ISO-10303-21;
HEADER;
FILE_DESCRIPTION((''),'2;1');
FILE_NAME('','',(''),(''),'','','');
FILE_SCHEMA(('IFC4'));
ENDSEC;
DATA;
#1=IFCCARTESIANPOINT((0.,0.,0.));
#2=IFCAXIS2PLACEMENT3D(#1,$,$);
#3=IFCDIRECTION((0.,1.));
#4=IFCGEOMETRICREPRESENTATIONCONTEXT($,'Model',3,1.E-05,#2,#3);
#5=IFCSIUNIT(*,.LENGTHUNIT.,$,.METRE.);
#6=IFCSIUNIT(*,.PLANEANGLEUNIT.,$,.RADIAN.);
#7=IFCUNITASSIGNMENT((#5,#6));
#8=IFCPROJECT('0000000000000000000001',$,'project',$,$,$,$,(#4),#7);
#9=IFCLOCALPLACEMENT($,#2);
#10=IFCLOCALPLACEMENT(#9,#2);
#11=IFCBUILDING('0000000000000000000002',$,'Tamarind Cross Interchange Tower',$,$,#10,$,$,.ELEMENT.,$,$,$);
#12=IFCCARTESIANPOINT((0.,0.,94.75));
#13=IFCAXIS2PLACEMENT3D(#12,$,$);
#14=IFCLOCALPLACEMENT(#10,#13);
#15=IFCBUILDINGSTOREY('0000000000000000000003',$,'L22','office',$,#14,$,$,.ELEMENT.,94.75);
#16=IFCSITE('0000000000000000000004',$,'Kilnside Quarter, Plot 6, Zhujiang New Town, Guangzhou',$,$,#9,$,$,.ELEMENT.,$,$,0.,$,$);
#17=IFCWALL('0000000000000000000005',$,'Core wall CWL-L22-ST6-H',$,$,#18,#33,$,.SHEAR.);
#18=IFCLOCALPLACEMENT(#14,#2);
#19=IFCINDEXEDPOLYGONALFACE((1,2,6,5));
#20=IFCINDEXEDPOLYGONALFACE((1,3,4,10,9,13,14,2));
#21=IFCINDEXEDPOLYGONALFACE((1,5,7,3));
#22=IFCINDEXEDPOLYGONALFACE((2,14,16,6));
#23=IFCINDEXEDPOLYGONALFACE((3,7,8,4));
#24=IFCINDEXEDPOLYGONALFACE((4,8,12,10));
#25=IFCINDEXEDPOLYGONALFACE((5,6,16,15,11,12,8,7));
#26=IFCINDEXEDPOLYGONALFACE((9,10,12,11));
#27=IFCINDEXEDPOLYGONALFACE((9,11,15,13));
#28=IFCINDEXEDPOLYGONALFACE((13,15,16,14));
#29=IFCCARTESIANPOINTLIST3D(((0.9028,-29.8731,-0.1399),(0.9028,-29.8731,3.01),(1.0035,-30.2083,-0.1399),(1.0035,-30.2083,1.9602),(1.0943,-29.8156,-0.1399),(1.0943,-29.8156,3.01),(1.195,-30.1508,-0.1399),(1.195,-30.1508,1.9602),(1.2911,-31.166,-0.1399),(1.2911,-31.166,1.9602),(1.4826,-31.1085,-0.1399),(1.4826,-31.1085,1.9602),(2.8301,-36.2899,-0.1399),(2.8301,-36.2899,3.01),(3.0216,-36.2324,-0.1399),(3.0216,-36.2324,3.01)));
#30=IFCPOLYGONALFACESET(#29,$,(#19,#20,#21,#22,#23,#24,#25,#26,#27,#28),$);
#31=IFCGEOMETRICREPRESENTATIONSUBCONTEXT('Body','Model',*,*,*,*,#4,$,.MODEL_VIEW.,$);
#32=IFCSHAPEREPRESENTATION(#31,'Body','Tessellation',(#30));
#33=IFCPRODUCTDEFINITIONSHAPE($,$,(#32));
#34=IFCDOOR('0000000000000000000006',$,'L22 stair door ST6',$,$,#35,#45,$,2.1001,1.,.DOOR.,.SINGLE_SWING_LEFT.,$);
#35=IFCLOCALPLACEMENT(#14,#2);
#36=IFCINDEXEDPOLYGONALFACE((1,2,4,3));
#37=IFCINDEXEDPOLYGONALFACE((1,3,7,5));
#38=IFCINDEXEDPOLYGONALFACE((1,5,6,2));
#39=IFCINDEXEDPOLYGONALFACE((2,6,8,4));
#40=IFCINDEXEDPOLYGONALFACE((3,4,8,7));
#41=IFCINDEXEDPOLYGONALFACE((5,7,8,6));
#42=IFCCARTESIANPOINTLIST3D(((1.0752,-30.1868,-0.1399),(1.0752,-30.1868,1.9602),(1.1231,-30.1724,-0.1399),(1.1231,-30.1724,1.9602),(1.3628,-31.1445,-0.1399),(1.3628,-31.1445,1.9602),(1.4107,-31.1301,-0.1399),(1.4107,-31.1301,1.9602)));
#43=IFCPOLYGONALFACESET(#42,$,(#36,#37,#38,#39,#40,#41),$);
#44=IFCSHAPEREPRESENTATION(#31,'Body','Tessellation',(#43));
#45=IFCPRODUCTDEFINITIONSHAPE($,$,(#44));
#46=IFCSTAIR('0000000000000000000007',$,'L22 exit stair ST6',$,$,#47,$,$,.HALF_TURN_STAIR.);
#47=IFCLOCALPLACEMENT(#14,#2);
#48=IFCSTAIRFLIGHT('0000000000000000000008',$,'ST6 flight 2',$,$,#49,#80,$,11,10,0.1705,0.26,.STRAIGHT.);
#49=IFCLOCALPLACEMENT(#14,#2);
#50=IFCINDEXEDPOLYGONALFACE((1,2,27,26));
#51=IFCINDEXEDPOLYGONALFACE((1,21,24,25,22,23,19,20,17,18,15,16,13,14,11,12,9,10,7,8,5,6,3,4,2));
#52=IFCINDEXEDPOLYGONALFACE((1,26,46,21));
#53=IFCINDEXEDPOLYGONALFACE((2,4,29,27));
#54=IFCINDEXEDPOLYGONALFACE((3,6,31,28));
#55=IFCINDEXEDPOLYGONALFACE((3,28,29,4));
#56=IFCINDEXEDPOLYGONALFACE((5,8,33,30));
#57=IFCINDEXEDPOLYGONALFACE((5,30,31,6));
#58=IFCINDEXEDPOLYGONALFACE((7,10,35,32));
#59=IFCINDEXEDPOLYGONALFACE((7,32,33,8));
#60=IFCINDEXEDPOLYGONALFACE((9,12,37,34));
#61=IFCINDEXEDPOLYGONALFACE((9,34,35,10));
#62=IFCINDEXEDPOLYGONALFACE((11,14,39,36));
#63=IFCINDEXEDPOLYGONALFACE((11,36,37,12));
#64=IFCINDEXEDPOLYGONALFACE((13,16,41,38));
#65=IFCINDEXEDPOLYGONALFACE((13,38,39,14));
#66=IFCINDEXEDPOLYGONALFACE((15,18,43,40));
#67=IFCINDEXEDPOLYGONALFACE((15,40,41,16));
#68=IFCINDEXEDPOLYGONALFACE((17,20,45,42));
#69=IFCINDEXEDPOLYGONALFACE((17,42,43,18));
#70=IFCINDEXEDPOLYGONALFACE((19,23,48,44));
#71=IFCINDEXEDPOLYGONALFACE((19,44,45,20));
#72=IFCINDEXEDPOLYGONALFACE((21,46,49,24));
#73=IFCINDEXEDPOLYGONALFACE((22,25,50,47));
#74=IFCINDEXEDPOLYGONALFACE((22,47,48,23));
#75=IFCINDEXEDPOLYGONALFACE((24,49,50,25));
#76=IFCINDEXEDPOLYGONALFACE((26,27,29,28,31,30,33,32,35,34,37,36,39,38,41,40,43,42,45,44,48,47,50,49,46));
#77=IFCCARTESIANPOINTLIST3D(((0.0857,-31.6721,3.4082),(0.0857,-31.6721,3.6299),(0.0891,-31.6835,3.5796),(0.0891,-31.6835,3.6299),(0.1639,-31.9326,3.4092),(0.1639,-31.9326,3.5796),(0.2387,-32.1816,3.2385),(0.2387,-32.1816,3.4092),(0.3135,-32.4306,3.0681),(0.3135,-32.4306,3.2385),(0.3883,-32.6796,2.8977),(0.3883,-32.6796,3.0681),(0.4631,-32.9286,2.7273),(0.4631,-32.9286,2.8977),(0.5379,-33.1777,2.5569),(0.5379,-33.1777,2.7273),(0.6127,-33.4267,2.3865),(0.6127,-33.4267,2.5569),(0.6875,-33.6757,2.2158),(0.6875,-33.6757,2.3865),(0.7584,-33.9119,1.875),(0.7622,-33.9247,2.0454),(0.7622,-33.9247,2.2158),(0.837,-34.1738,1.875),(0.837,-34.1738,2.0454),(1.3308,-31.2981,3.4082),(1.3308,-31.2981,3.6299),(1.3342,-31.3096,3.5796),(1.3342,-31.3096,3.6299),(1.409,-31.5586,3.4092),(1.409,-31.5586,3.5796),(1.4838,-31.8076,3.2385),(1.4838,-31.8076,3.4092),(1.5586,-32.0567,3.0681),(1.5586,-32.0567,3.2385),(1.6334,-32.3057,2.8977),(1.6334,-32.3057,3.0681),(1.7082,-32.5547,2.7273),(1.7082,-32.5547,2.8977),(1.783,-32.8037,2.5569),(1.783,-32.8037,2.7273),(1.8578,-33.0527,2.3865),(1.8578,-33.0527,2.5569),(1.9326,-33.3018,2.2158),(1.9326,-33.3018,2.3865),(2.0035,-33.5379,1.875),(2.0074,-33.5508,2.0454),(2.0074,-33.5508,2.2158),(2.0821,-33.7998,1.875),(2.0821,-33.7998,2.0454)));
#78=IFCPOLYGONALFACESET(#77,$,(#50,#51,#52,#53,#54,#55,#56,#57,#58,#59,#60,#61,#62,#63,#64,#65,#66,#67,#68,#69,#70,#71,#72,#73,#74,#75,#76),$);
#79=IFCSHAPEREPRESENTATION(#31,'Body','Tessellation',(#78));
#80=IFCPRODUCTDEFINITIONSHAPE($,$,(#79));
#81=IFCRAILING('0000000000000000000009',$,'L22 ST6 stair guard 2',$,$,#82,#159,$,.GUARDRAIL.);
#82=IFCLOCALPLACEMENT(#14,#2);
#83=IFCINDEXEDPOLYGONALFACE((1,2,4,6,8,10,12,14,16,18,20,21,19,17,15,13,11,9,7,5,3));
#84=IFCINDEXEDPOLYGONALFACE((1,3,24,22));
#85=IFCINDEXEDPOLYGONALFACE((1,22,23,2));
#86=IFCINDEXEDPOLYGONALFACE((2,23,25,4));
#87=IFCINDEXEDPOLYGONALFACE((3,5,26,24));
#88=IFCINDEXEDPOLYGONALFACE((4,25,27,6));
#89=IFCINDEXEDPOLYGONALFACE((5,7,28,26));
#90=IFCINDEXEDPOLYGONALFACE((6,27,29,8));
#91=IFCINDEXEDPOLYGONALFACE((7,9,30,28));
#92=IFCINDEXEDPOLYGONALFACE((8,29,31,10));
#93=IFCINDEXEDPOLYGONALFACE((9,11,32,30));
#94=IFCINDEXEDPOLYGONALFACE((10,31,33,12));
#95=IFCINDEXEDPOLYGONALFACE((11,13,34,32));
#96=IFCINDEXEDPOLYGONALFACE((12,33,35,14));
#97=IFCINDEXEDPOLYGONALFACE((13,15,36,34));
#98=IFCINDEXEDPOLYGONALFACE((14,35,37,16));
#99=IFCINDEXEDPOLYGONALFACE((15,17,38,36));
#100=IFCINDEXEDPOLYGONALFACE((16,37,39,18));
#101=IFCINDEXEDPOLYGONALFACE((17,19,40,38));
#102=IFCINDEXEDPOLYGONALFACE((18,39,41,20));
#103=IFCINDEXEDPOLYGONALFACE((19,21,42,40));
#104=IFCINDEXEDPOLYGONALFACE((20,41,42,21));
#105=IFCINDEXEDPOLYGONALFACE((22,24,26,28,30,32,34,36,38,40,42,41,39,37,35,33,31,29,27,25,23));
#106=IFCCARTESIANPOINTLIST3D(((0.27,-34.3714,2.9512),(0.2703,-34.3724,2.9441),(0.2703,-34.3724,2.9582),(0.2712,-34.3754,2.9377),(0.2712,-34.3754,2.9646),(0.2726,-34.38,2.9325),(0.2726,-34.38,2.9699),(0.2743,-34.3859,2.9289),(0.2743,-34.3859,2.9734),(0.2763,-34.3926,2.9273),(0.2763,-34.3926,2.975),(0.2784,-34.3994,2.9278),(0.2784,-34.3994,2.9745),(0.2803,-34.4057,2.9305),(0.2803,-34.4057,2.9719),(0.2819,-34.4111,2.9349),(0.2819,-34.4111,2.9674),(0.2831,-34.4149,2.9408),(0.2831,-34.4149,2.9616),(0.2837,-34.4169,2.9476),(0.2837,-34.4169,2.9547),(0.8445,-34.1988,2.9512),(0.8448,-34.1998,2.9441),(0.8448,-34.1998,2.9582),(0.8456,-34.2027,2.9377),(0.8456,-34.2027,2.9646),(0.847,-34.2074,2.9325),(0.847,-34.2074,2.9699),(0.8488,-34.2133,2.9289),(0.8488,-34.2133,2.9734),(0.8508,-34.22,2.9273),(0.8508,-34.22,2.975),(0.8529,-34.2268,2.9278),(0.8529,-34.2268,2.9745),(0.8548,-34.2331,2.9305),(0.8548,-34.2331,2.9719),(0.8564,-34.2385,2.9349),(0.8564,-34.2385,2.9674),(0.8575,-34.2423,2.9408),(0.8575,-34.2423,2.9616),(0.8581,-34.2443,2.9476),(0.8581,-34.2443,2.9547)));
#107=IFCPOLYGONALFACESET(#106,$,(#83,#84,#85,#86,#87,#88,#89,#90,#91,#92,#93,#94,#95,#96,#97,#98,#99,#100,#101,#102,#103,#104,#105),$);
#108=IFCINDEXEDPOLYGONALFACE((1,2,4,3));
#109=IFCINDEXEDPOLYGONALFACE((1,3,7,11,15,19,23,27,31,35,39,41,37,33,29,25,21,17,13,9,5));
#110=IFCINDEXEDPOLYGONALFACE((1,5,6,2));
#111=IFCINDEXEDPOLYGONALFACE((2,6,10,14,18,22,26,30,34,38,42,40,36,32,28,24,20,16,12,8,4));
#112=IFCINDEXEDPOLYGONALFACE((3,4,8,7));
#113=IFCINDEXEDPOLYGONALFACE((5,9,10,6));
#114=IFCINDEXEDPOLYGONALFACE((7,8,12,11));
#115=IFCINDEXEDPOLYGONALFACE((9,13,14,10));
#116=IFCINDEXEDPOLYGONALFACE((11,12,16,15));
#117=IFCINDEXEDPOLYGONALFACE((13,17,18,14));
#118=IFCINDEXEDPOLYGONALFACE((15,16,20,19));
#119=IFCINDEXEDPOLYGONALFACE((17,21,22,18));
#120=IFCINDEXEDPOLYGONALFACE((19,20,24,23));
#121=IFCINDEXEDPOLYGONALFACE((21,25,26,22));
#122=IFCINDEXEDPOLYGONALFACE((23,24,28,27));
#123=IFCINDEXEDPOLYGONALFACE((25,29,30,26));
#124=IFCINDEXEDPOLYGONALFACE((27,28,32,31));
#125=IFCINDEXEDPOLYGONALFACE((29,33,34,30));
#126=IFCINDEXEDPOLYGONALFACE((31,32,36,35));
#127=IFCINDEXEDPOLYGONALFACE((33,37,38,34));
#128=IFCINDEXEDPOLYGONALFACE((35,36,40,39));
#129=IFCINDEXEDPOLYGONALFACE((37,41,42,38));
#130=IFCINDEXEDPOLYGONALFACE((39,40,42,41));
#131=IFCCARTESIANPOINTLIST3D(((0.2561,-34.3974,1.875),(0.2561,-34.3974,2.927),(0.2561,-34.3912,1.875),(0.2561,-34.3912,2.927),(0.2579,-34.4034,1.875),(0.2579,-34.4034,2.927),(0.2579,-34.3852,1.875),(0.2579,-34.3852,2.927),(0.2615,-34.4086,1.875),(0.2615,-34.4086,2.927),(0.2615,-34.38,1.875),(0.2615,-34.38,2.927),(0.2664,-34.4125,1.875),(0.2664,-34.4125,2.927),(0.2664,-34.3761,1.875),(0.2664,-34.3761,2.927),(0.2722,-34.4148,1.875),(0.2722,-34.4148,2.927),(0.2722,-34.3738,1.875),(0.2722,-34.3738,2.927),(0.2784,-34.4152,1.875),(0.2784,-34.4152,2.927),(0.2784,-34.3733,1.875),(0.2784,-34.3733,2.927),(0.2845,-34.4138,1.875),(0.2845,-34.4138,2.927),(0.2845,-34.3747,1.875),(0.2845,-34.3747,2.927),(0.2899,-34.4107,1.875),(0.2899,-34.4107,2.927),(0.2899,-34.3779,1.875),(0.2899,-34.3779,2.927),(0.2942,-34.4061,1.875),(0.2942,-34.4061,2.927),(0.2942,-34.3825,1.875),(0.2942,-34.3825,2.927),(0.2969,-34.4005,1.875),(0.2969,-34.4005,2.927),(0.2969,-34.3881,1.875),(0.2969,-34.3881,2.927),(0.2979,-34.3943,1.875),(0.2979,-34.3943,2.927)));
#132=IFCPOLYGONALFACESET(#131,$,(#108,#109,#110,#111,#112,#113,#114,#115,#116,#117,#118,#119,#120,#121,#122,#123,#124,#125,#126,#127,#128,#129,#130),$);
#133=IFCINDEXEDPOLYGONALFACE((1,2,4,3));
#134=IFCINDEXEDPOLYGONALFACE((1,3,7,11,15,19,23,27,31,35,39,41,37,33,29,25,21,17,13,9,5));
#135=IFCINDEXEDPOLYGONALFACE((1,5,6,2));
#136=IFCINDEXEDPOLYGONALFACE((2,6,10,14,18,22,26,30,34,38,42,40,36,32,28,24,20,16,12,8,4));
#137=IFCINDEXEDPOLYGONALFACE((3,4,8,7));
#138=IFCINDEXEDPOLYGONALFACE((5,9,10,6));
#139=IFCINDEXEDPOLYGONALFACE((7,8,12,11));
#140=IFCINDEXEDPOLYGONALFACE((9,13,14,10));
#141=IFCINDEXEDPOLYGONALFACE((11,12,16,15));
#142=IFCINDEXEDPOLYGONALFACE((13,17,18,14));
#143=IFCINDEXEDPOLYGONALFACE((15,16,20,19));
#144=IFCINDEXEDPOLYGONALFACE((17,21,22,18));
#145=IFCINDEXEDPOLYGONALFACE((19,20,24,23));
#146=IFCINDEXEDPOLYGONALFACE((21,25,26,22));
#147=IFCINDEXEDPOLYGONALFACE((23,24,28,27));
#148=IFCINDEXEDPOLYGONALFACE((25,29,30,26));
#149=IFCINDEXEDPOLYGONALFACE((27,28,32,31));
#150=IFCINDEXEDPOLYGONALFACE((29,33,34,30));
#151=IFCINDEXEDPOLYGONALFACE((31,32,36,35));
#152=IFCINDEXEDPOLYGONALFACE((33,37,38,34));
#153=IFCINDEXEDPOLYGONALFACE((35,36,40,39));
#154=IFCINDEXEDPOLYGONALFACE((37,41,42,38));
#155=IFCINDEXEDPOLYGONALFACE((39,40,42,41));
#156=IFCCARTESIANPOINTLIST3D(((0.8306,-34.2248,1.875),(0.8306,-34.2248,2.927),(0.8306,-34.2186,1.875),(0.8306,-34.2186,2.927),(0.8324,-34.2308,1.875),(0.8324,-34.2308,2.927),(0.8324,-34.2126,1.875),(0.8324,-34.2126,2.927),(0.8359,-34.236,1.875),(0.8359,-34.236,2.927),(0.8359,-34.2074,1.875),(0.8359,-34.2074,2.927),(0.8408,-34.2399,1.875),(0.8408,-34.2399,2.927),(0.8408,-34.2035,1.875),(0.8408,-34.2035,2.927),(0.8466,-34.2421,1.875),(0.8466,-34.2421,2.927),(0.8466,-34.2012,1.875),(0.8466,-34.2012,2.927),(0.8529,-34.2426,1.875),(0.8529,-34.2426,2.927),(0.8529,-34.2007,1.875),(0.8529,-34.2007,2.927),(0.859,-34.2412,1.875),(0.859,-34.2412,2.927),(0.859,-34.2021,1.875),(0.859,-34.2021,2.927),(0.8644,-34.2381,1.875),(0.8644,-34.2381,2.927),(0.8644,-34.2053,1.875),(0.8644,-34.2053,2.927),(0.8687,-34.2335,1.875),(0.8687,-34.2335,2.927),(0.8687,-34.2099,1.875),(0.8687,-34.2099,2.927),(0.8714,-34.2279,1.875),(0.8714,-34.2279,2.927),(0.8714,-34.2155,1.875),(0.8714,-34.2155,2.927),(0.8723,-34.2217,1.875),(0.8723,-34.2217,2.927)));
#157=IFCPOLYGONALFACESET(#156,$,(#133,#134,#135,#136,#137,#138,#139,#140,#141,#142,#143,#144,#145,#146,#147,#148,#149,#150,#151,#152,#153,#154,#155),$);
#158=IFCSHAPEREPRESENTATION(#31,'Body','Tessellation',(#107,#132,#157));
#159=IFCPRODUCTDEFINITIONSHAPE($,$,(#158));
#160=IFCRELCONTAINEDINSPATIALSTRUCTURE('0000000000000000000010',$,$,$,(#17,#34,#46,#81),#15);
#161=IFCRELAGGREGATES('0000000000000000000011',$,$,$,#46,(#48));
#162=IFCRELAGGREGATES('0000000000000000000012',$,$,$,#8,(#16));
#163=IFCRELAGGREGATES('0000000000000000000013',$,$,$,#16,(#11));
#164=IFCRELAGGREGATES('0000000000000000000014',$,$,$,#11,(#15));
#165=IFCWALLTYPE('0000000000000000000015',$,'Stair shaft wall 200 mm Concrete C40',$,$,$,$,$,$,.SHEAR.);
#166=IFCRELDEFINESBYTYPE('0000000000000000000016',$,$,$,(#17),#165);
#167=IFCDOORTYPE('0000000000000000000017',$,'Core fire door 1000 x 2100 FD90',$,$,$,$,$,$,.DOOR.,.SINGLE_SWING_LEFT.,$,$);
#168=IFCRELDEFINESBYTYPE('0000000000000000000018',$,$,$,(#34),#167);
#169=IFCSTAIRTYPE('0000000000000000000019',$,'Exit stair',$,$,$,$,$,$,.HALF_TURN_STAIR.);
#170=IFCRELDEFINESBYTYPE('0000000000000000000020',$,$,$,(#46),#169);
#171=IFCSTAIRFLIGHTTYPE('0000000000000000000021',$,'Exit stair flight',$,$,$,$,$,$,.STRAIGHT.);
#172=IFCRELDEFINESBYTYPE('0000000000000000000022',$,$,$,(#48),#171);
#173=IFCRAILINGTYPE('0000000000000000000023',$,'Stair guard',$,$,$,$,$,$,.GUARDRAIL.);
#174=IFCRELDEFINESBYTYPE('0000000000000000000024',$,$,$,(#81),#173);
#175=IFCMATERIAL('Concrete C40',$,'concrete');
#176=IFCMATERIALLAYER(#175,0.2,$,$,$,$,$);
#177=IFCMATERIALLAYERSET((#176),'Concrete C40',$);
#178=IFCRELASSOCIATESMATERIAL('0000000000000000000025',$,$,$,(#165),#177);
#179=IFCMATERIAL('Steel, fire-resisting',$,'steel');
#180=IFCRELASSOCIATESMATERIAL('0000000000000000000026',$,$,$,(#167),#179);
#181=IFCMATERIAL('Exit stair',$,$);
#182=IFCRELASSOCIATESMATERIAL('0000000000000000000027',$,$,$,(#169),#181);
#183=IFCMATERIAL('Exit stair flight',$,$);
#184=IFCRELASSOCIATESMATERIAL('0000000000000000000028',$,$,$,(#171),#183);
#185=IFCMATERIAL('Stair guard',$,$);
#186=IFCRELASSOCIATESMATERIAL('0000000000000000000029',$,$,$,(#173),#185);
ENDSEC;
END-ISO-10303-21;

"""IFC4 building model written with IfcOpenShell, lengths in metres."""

from ifc_helpers import new_model, si_unit, direction, frame, frame_2d, origin, origin_2d, place, context, subcontext, project, spatial, polyline, rectangle, circle, outline, extrude, material, layer, layer_set, type_object, element, fill, aggregate, save


model = new_model("IFC4")

# Units and contexts
model_context = context("Model", 3, precision=1e-05, world=origin(), true_north=direction((0.0, 1.0)))
body_context = subcontext(model_context, "Body", "Model", "MODEL_VIEW")
ifc_project = project(units=[si_unit("LENGTHUNIT", "METRE"), si_unit("PLANEANGLEUNIT", "RADIAN")], contexts=[model_context])

# Site, building, storey
site_placement = place(None, origin())
site = spatial("IfcSite", under=ifc_project, at=site_placement, Name="Kilnside Quarter, Plot 6, Zhujiang New Town, Guangzhou", CompositionType="ELEMENT", RefElevation=0.0)
building_placement = place(site_placement, origin())
building = spatial("IfcBuilding", under=site, at=building_placement, Name="Tamarind Cross Interchange Tower", CompositionType="ELEMENT")
storey_placement = place(building_placement, frame((0.0, 0.0, 94.75)))
storey = spatial("IfcBuildingStorey", under=building, at=storey_placement, Name="L22", Description="office", CompositionType="ELEMENT", Elevation=94.75)

# Wall, opening, door
ifc_material_1 = material(Name="Concrete C40", Category="concrete")
ifc_layer_1 = layer(ifc_material_1, 0.2)
ifc_layer_set_1 = layer_set([ifc_layer_1], Name="Concrete C40")
wall_type_1 = type_object("IfcWallType", Name="Stair shaft wall 200 mm Concrete C40", PredefinedType="SHEAR", material=ifc_layer_set_1)
wall_1_placement = place(storey_placement, frame((0.9985, -29.8442, -0.1399), z_axis=(0.0, 0.0, 1.0), x_axis=(0.287652, -0.957735, 0.0)))
wall_1 = element("IfcWall", 1, at=wall_1_placement, inside=storey, type_object=wall_type_1, Name="Core wall CWL-L22-ST6-H", PredefinedType="SHEAR", context=body_context, shape_type="SweptSolid", body=[
    extrude(rectangle(XDim=6.7, YDim=0.2, at=frame_2d((3.3501, 0.0))), origin(), (0.0, 0.0, 1.0), 3.1499),
])
opening_1_placement = place(wall_1_placement, frame((0.3501, 0.0, 0.0)))
opening_1 = element("IfcOpeningElement", 2, at=opening_1_placement, cuts=wall_1, PredefinedType="OPENING", context=body_context, shape_type="SweptSolid", body=[
    extrude(rectangle(XDim=1.0, YDim=2.1001, at=frame_2d((0.5, 1.05))), frame((0.0, 0.1099, 0.0), z_axis=(0.0, -1.0, 0.0), x_axis=(1.0, 0.0, 0.0)), (0.0, 0.0, 1.0), 0.22),
])
ifc_material_2 = material(Name="Steel, fire-resisting", Category="steel")
door_type_1 = type_object("IfcDoorType", Name="Core fire door 1000 x 2100 FD90", OperationType="SINGLE_SWING_LEFT", PredefinedType="DOOR", material=ifc_material_2)
door_1_placement = place(opening_1_placement, origin())
door_1 = element("IfcDoor", 3, at=door_1_placement, inside=storey, type_object=door_type_1, Name="L22 stair door ST6", OperationType="SINGLE_SWING_LEFT", OverallHeight=2.1001, OverallWidth=1.0, PredefinedType="DOOR", context=body_context, shape_type="SweptSolid", body=[
    extrude(rectangle(XDim=1.0, YDim=2.1001, at=frame_2d((0.5, 1.05))), frame((0.0, 0.0249, 0.0), z_axis=(0.0, -1.0, 0.0), x_axis=(1.0, 0.0, 0.0)), (0.0, 0.0, 1.0), 0.05),
])
fill(opening_1, door_1)

# Stair, stair flight
ifc_material_3 = material(Name="Exit stair")
stair_type = type_object("IfcStairType", Name="Exit stair", PredefinedType="HALF_TURN_STAIR", material=ifc_material_3)
stair_placement = place(storey_placement, origin())
stair = element("IfcStair", 4, at=stair_placement, inside=storey, type_object=stair_type, Name="L22 exit stair ST6", PredefinedType="HALF_TURN_STAIR")
ifc_material_4 = material(Name="Exit stair flight")
stair_flight_type = type_object("IfcStairFlightType", Name="Exit stair flight", PredefinedType="STRAIGHT", material=ifc_material_4)
stair_flight_placement = place(storey_placement, frame((1.4595, -33.9868, 1.875), z_axis=(0.0, 0.0, 1.0), x_axis=(-0.287641, 0.957738, 0.0)))
stair_flight = element("IfcStairFlight", 5, at=stair_flight_placement, type_object=stair_flight_type, Name="ST6 flight 2", NumberOfRisers=11, NumberOfTreads=10, PredefinedType="STRAIGHT", RiserHeight=0.1705, TreadLength=0.26, context=body_context, shape_type="SweptSolid", body=[
    extrude(outline(polyline([(0.0, 0.0), (0.0, 0.1704), (0.26, 0.1704), (0.26, 0.3408), (0.52, 0.3408), (0.52, 0.5115), (0.78, 0.5115), (0.78, 0.6819), (1.04, 0.6819), (1.04, 0.8523), (1.3, 0.8523), (1.3, 1.0227), (1.5601, 1.0227), (1.5601, 1.1931), (1.8201, 1.1931), (1.8201, 1.3635), (2.0801, 1.3635), (2.0801, 1.5342), (2.3401, 1.5342), (2.3401, 1.7046), (2.6001, 1.7046), (2.6001, 1.7549), (2.6121, 1.7549), (2.6121, 1.5332), (0.2734, 0.0), (0.0, 0.0)])), frame((0.0, 0.6499, 0.0), z_axis=(0.0, -1.0, 0.0), x_axis=(1.0, 0.0, 0.0)), (0.0, 0.0, 1.0), 1.3),
])
aggregate(stair, [stair_flight])

# Railing
ifc_material_5 = material(Name="Stair guard")
railing_type_1 = type_object("IfcRailingType", Name="Stair guard", PredefinedType="GUARDRAIL", material=ifc_material_5)
railing_1_placement = place(storey_placement, frame((0.2769, -34.3943, 1.875)))
element("IfcRailing", 6, at=railing_1_placement, inside=storey, type_object=railing_type_1, Name="L22 ST6 stair guard 2", PredefinedType="GUARDRAIL", context=body_context, shape_type="SweptSolid", body=[
    extrude(circle(Radius=0.0239, at=origin_2d()), frame((0.0, 0.0, 1.0762), z_axis=(0.957703, 0.287759, 0.0), x_axis=(-0.287759, 0.957703, 0.0)), (0.0, 0.0, 1.0), 0.5999),
    extrude(circle(Radius=0.021, at=origin_2d()), origin(), (0.0, 0.0, 1.0), 1.052),
    extrude(circle(Radius=0.021, at=origin_2d()), frame((0.5745, 0.1726, 0.0)), (0.0, 0.0, 1.0), 1.052),
])

save(model, "model.ifc")
